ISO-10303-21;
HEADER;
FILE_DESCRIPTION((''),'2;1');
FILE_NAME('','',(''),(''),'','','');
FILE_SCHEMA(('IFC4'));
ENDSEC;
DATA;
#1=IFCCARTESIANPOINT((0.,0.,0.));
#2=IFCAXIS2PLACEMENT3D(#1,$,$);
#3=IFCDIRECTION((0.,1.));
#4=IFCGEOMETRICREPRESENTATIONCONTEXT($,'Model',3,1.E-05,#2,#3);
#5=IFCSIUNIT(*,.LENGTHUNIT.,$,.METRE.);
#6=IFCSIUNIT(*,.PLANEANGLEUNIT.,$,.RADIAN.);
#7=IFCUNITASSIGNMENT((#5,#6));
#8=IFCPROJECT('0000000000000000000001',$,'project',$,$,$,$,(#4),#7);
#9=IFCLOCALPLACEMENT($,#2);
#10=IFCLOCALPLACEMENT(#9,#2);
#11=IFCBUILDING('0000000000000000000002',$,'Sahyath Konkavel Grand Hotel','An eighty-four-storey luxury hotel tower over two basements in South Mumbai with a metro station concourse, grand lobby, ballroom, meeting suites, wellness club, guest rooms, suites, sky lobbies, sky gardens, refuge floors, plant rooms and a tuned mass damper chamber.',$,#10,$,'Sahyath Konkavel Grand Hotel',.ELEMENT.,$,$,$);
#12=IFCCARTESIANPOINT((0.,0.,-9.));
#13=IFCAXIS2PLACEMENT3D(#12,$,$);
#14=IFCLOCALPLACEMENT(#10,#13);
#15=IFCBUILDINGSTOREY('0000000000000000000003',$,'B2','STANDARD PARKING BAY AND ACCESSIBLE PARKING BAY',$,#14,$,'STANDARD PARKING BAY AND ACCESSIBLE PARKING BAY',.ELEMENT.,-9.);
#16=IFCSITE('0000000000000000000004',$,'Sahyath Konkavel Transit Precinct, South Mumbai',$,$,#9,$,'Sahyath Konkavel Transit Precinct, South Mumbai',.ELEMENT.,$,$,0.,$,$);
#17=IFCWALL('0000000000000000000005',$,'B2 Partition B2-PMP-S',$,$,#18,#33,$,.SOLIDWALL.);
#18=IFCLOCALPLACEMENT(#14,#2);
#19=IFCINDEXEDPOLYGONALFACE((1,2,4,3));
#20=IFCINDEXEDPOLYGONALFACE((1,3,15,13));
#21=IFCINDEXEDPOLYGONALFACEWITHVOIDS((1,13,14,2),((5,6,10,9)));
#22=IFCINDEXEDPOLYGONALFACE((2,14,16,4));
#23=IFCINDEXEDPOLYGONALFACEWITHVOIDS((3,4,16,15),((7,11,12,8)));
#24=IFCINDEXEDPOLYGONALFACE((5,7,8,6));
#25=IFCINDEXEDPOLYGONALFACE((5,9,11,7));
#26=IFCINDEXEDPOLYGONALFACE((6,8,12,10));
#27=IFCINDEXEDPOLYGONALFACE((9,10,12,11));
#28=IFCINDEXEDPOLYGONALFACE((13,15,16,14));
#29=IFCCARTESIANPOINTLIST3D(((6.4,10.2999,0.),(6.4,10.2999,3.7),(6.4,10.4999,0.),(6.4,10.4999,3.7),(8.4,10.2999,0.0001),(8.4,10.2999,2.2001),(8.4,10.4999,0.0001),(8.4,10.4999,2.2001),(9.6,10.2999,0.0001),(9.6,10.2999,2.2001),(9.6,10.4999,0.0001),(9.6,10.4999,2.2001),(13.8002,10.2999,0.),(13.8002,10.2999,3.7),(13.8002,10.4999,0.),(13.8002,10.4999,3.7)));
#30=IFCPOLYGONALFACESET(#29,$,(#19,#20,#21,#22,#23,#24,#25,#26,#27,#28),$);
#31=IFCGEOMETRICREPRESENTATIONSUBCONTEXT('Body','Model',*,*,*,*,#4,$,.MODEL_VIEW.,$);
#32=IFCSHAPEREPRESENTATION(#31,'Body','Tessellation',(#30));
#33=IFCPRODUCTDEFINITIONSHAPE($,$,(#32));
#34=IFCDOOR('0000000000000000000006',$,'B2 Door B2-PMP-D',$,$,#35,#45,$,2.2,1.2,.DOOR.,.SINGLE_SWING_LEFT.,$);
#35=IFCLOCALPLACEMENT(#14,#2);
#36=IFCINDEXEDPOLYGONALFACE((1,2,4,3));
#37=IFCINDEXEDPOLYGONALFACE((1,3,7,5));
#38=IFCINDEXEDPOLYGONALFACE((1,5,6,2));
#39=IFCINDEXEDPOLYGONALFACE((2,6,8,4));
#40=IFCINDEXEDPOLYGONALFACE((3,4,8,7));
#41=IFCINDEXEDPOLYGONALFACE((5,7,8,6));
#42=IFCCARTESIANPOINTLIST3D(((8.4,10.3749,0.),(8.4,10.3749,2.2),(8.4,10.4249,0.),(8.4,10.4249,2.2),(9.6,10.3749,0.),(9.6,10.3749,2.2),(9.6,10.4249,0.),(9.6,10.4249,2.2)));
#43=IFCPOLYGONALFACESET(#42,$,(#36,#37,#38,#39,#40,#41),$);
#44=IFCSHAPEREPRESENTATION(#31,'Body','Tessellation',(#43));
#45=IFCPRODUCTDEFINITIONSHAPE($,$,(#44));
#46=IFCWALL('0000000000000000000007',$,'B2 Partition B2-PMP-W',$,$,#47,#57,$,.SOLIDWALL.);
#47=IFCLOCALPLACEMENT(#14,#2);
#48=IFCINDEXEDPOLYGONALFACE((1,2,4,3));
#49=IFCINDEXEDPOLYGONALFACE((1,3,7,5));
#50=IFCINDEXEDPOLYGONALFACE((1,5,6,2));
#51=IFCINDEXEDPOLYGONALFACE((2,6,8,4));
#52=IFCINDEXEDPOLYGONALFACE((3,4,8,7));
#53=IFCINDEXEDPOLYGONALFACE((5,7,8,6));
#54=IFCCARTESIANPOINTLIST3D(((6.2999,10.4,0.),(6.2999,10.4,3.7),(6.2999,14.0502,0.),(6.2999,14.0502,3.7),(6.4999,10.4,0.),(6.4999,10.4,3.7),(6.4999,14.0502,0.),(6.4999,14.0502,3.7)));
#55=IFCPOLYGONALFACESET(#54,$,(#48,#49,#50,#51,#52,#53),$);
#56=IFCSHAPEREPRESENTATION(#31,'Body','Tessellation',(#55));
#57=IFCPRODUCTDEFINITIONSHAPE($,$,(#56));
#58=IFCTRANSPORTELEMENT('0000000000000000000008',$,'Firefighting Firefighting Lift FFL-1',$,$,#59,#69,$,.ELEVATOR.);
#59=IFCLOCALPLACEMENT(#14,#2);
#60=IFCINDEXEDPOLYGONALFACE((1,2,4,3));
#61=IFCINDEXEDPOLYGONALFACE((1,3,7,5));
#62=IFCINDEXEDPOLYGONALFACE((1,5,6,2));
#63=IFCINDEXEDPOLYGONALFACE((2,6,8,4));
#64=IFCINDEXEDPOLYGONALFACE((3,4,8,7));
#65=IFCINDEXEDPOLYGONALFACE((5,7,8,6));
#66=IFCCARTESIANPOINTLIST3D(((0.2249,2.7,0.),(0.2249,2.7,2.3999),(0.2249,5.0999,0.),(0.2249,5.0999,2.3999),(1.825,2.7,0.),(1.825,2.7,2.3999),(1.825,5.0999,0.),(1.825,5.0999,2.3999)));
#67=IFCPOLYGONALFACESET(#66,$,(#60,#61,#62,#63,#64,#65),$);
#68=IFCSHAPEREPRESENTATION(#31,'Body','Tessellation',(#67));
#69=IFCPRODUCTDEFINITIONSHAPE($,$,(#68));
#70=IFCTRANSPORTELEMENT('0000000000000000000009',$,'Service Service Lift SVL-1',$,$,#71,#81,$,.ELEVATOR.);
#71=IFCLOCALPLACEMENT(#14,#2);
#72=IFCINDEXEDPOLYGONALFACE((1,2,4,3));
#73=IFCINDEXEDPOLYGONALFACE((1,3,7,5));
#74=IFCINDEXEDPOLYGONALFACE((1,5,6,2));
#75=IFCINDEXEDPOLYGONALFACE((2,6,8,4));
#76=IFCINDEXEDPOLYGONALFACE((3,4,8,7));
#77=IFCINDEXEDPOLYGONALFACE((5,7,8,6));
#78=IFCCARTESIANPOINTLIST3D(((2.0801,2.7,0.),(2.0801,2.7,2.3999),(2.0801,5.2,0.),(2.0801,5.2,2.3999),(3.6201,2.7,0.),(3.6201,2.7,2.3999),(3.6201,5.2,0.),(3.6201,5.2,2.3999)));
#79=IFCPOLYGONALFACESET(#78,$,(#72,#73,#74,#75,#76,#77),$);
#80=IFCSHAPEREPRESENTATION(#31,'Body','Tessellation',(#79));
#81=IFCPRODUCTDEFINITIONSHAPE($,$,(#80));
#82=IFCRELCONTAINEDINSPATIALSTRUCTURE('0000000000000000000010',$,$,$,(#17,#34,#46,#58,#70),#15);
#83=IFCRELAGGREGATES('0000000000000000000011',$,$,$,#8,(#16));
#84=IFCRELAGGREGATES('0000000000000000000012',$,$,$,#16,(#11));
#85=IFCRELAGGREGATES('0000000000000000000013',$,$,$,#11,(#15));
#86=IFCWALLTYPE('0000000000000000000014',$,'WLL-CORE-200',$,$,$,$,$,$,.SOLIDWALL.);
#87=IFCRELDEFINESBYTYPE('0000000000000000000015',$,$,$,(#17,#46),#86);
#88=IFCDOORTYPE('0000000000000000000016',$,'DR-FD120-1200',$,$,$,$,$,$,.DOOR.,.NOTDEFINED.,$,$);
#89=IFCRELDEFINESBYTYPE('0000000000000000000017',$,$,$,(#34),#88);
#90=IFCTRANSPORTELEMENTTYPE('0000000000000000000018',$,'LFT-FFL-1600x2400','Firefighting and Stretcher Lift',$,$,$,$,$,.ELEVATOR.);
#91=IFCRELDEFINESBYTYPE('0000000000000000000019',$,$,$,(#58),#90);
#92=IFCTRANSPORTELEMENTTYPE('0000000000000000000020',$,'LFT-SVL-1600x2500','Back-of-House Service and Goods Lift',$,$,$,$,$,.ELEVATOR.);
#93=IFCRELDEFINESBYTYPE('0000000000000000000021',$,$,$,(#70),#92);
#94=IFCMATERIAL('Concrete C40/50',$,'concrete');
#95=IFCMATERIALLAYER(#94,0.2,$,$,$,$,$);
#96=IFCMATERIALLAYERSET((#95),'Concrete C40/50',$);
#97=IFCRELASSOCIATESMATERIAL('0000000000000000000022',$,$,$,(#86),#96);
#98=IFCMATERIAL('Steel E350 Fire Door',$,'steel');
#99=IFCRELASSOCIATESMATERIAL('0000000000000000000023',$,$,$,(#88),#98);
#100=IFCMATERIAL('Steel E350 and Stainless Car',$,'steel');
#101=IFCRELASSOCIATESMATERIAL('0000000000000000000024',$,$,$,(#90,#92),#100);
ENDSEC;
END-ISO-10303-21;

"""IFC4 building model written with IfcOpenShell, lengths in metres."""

from ifc_helpers import new_model, si_unit, direction, frame, frame_2d, origin, origin_2d, place, context, subcontext, project, spatial, rectangle, extrude, source, transform, mapped, material, layer, layer_set, type_object, element, fill, save


model = new_model("IFC4")

# Units and contexts
model_context = context("Model", 3, precision=1e-05, world=origin(), true_north=direction((0.0, 1.0)))
body_context = subcontext(model_context, "Body", "Model", "MODEL_VIEW")
ifc_project = project(units=[si_unit("LENGTHUNIT", "METRE"), si_unit("PLANEANGLEUNIT", "RADIAN")], contexts=[model_context])

# Site, building, storey
site_placement = place(None, origin())
site = spatial("IfcSite", under=ifc_project, at=site_placement, Name="Sahyath Konkavel Transit Precinct, South Mumbai", LongName="Sahyath Konkavel Transit Precinct, South Mumbai", CompositionType="ELEMENT", RefElevation=0.0)
building_placement = place(site_placement, origin())
building = spatial("IfcBuilding", under=site, at=building_placement, Name="Sahyath Konkavel Grand Hotel", Description="An eighty-four-storey luxury hotel tower over two basements in South Mumbai with a metro station concourse, grand lobby, ballroom, meeting suites, wellness club, guest rooms, suites, sky lobbies, sky gardens, refuge floors, plant rooms and a tuned mass damper chamber.", LongName="Sahyath Konkavel Grand Hotel", CompositionType="ELEMENT")
storey_placement = place(building_placement, frame((0.0, 0.0, -9.0)))
storey = spatial("IfcBuildingStorey", under=building, at=storey_placement, Name="B2", Description="STANDARD PARKING BAY AND ACCESSIBLE PARKING BAY", LongName="STANDARD PARKING BAY AND ACCESSIBLE PARKING BAY", CompositionType="ELEMENT", Elevation=-9.0)

# Shared definitions
ifc_material_1 = material(Name="Concrete C40/50", Category="concrete")
ifc_layer = layer(ifc_material_1, 0.2)
ifc_layer_set = layer_set([ifc_layer], Name="Concrete C40/50")
wall_type = type_object("IfcWallType", Name="WLL-CORE-200", PredefinedType="SOLIDWALL", material=ifc_layer_set)

# Wall, opening, door
wall_1_placement = place(storey_placement, frame((6.3999, 10.3999, 0.0), z_axis=(0.0, 0.0, 1.0), x_axis=(1.0, 0.0, 0.0)))
wall_1 = element("IfcWall", 1, at=wall_1_placement, inside=storey, type_object=wall_type, Name="B2 Partition B2-PMP-S", PredefinedType="SOLIDWALL", context=body_context, shape_type="SweptSolid", body=[
    extrude(rectangle(XDim=7.4001, YDim=0.2, at=frame_2d((3.7002, 0.0))), origin(), (0.0, 0.0, 1.0), 3.7),
])
opening_1_placement = place(wall_1_placement, frame((2.0, 0.0, 0.0)))
opening_1 = element("IfcOpeningElement", 2, at=opening_1_placement, cuts=wall_1, PredefinedType="OPENING", context=body_context, shape_type="SweptSolid", body=[
    extrude(rectangle(XDim=1.2, YDim=2.2, at=frame_2d((0.6001, 1.1001))), frame((0.0, 0.1099, 0.0), z_axis=(0.0, -1.0, 0.0), x_axis=(1.0, 0.0, 0.0)), (0.0, 0.0, 1.0), 0.22),
])
ifc_material_2 = material(Name="Steel E350 Fire Door", Category="steel")
door_type_1 = type_object("IfcDoorType", Name="DR-FD120-1200", OperationType="NOTDEFINED", PredefinedType="DOOR", material=ifc_material_2)
shared_shape_1 = source(origin(), body_context, "Body", "SweptSolid", [
    extrude(rectangle(XDim=1.2, YDim=0.05, at=origin_2d()), origin(), (0.0, 0.0, 1.0), 2.2),
])
door_1_placement = place(opening_1_placement, frame((0.6001, 0.0, 0.0)))
door_1 = element("IfcDoor", 3, at=door_1_placement, inside=storey, type_object=door_type_1, Name="B2 Door B2-PMP-D", OperationType="SINGLE_SWING_LEFT", OverallHeight=2.2, OverallWidth=1.2, PredefinedType="DOOR", context=body_context, shape_type="MappedRepresentation", body=[
    mapped(shared_shape_1, transform((0.0, 0.0, 0.0), scale=1.0)),
])
fill(opening_1, door_1)

# Wall
wall_2_placement = place(storey_placement, frame((6.3999, 10.3999, 0.0), z_axis=(0.0, 0.0, 1.0), x_axis=(0.0, 1.0, 0.0)))
element("IfcWall", 4, at=wall_2_placement, inside=storey, type_object=wall_type, Name="B2 Partition B2-PMP-W", PredefinedType="SOLIDWALL", context=body_context, shape_type="SweptSolid", body=[
    extrude(rectangle(XDim=3.6501, YDim=0.2, at=frame_2d((1.8252, 0.0))), origin(), (0.0, 0.0, 1.0), 3.7),
])

# Transport elements
ifc_material_3 = material(Name="Steel E350 and Stainless Car", Category="steel")
transport_element_type_1 = type_object("IfcTransportElementType", Name="LFT-FFL-1600x2400", Description="Firefighting and Stretcher Lift", PredefinedType="ELEVATOR", material=ifc_material_3)
shared_shape_2 = source(origin(), body_context, "Body", "SweptSolid", [
    extrude(rectangle(XDim=1.6001, YDim=2.3999, at=origin_2d()), origin(), (0.0, 0.0, 1.0), 2.3999),
])
transport_element_1_placement = place(storey_placement, frame((1.0249, 3.8999, 0.0), z_axis=(0.0, 0.0, 1.0), x_axis=(1.0, 0.0, 0.0)))
element("IfcTransportElement", 5, at=transport_element_1_placement, inside=storey, type_object=transport_element_type_1, Name="Firefighting Firefighting Lift FFL-1", PredefinedType="ELEVATOR", context=body_context, shape_type="MappedRepresentation", body=[
    mapped(shared_shape_2, transform((0.0, 0.0, 0.0), scale=1.0)),
])
transport_element_type_2 = type_object("IfcTransportElementType", Name="LFT-SVL-1600x2500", Description="Back-of-House Service and Goods Lift", PredefinedType="ELEVATOR", material=ifc_material_3)
shared_shape_3 = source(origin(), body_context, "Body", "SweptSolid", [
    extrude(rectangle(XDim=1.54, YDim=2.5, at=origin_2d()), origin(), (0.0, 0.0, 1.0), 2.3999),
])
transport_element_2_placement = place(storey_placement, frame((2.8501, 3.95, 0.0), z_axis=(0.0, 0.0, 1.0), x_axis=(1.0, 0.0, 0.0)))
element("IfcTransportElement", 6, at=transport_element_2_placement, inside=storey, type_object=transport_element_type_2, Name="Service Service Lift SVL-1", PredefinedType="ELEVATOR", context=body_context, shape_type="MappedRepresentation", body=[
    mapped(shared_shape_3, transform((0.0, 0.0, 0.0), scale=1.0)),
])

save(model, "model.ifc")
